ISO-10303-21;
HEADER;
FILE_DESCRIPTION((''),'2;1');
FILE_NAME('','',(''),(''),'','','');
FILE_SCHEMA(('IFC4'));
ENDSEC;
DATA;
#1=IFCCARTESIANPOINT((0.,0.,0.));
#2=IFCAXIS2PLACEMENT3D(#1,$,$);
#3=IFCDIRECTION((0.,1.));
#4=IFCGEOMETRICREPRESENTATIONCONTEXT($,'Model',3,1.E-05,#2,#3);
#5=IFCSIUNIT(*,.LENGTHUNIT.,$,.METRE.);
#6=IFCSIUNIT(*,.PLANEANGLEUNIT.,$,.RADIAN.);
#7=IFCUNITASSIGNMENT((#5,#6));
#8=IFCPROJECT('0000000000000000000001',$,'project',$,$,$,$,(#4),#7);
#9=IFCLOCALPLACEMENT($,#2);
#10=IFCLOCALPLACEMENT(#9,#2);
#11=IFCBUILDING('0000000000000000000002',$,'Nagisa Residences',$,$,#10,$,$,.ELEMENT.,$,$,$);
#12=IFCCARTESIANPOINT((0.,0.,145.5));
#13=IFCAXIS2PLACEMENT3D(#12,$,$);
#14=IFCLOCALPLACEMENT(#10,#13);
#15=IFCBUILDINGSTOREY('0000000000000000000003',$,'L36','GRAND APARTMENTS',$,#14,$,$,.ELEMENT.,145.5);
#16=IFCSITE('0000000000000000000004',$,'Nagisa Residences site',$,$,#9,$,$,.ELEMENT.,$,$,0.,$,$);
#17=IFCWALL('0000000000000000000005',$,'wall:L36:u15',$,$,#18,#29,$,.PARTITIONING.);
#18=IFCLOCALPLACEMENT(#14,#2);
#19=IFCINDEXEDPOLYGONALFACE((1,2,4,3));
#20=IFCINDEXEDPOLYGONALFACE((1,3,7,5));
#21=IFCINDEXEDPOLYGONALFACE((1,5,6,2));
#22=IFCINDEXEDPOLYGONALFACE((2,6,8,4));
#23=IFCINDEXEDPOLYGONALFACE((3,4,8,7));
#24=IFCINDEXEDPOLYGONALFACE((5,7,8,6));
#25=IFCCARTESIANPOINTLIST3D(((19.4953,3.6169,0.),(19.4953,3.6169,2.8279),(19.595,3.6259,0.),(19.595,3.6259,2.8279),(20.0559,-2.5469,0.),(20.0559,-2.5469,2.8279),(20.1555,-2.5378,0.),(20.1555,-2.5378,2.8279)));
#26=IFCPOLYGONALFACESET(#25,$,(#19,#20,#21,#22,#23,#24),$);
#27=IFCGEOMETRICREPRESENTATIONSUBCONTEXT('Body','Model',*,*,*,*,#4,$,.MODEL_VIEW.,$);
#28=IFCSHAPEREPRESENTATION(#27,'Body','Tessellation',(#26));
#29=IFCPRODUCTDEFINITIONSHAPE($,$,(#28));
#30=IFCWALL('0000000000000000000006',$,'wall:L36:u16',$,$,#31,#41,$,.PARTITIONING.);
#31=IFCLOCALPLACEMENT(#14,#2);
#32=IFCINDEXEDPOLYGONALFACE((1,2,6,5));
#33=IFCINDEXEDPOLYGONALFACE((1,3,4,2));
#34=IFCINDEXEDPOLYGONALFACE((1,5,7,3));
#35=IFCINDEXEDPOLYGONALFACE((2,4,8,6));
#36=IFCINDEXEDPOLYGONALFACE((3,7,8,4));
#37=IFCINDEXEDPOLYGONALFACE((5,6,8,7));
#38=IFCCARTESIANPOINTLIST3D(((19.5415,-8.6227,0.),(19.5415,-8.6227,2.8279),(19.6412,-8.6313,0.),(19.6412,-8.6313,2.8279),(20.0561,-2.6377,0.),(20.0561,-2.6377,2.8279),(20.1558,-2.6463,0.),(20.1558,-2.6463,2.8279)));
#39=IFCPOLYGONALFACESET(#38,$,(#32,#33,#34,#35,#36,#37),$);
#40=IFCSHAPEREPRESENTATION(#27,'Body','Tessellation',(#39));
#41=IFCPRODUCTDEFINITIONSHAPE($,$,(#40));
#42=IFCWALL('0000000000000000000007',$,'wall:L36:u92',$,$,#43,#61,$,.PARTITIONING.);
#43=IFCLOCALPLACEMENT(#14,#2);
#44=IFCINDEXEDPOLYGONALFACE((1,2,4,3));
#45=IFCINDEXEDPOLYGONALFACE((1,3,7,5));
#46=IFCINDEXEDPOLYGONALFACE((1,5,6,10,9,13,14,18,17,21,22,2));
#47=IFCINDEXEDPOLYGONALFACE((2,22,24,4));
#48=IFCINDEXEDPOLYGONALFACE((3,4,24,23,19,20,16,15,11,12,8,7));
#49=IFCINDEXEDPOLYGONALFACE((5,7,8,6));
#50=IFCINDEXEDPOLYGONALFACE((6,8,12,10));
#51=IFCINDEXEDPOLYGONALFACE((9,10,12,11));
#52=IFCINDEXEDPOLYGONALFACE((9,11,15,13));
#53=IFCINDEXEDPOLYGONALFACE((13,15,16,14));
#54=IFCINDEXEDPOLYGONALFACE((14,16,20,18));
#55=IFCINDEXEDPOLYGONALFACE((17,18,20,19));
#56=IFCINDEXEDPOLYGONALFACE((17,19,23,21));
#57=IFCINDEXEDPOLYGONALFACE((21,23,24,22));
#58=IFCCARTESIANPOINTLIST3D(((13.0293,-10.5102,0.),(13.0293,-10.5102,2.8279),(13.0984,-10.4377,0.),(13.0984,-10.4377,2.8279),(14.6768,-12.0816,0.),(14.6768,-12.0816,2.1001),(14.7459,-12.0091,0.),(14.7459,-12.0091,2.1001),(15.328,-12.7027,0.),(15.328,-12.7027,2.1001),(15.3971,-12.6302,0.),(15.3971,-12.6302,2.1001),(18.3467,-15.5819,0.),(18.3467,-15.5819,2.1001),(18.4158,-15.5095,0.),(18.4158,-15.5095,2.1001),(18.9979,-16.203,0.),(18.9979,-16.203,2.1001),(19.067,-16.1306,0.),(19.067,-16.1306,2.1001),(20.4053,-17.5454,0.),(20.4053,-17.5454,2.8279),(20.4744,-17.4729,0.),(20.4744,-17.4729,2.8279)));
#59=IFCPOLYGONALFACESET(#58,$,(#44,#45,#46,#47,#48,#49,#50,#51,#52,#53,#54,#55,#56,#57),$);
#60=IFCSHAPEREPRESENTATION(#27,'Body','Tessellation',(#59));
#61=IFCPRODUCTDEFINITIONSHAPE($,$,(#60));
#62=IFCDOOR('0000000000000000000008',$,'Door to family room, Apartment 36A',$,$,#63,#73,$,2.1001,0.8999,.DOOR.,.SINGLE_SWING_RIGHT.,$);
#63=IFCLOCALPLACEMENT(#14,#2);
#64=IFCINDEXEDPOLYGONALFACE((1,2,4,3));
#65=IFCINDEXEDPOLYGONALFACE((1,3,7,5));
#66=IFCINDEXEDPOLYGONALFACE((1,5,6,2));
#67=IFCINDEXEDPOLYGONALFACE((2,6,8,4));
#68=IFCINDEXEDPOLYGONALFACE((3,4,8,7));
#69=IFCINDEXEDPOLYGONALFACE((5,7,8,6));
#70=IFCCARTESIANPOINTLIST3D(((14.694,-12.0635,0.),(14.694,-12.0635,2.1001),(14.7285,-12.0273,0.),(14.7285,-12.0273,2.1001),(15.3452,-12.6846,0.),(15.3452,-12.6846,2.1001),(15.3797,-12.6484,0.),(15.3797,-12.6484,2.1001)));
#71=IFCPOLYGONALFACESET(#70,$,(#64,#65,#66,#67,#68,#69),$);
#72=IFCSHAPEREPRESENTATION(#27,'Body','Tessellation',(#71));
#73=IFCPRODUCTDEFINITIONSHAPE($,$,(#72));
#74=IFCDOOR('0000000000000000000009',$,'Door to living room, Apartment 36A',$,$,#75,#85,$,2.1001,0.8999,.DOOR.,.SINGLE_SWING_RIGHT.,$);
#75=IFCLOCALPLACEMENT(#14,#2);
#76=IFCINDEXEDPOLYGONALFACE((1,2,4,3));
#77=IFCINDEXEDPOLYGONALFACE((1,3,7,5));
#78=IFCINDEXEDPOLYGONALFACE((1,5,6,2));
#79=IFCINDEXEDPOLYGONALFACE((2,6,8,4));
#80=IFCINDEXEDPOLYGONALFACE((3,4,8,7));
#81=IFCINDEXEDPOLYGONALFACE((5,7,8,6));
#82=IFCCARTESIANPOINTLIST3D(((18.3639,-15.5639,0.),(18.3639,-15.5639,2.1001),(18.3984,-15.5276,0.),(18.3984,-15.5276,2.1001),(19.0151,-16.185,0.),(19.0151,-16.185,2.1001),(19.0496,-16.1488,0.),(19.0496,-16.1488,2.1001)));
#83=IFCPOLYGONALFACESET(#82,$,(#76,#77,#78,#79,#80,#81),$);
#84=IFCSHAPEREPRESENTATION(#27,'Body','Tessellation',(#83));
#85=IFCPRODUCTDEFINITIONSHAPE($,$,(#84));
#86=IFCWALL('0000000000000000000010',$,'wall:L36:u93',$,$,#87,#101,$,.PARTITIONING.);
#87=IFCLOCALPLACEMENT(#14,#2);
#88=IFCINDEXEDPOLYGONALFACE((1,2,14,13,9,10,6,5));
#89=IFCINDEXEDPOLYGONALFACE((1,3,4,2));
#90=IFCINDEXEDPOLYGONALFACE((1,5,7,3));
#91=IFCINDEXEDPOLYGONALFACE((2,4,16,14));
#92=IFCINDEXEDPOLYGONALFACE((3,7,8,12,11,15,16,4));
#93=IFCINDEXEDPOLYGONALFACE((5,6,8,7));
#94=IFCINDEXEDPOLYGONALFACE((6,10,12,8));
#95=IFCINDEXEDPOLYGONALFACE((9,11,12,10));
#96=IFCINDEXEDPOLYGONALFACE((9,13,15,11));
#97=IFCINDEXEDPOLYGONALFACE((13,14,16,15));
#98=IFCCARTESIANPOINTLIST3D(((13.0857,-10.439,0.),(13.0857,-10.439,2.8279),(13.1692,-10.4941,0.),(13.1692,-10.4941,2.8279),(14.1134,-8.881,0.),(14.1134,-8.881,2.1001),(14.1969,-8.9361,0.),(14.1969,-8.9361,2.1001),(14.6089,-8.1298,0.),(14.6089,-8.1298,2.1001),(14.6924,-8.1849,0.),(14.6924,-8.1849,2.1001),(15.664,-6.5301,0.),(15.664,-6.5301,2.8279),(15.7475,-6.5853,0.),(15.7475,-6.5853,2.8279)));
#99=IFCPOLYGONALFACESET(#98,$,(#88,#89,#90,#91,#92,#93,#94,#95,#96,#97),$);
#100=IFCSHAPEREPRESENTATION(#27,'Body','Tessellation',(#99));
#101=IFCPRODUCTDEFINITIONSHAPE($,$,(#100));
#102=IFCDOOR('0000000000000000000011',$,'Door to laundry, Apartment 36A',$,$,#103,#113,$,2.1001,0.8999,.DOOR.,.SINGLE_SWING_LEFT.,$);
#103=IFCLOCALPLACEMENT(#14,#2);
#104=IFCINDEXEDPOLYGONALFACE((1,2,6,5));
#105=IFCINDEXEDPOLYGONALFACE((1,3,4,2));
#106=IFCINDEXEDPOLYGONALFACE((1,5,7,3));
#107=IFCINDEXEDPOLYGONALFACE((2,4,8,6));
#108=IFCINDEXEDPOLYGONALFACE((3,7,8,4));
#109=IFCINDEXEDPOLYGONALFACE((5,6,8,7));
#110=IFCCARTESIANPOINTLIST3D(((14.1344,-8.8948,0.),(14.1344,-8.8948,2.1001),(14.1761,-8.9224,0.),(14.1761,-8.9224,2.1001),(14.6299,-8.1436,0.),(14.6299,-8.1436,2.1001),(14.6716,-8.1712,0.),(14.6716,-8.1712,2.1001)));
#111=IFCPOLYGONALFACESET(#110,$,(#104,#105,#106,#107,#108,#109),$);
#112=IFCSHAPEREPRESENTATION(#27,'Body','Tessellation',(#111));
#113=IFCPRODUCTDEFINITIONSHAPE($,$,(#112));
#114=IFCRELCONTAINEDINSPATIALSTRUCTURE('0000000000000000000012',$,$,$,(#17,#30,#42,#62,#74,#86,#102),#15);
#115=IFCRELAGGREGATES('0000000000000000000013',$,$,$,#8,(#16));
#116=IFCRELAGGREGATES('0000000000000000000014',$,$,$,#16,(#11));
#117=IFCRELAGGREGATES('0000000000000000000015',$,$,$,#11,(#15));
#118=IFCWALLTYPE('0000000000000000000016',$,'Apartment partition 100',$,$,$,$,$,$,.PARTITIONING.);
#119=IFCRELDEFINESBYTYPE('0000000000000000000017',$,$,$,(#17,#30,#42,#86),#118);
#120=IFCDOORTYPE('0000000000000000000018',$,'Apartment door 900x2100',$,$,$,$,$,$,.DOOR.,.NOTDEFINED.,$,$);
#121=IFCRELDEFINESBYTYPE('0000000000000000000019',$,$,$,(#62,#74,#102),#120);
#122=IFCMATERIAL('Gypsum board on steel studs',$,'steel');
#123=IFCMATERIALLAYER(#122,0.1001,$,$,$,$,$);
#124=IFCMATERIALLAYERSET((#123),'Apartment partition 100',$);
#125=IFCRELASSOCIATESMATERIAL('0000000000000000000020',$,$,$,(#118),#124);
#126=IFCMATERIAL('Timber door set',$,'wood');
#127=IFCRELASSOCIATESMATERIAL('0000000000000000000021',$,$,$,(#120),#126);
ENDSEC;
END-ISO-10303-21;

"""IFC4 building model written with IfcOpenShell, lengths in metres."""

from ifc_helpers import new_model, si_unit, direction, frame, frame_2d, origin, place, context, subcontext, project, spatial, rectangle, extrude, material, layer, layer_set, type_object, element, fill, save


model = new_model("IFC4")

# Units and contexts
model_context = context("Model", 3, precision=1e-05, world=origin(), true_north=direction((0.0, 1.0)))
body_context = subcontext(model_context, "Body", "Model", "MODEL_VIEW")
ifc_project = project(units=[si_unit("LENGTHUNIT", "METRE"), si_unit("PLANEANGLEUNIT", "RADIAN")], contexts=[model_context])

# Site, building, storey
site_placement = place(None, origin())
site = spatial("IfcSite", under=ifc_project, at=site_placement, Name="Nagisa Residences site", CompositionType="ELEMENT", RefElevation=0.0)
building_placement = place(site_placement, origin())
building = spatial("IfcBuilding", under=site, at=building_placement, Name="Nagisa Residences", CompositionType="ELEMENT")
storey_placement = place(building_placement, frame((0.0, 0.0, 145.5)))
storey = spatial("IfcBuildingStorey", under=building, at=storey_placement, Name="L36", Description="GRAND APARTMENTS", CompositionType="ELEMENT", Elevation=145.5)

# Shared definitions
ifc_material_1 = material(Name="Gypsum board on steel studs", Category="steel")
ifc_layer_1 = layer(ifc_material_1, 0.1001)
ifc_layer_set_1 = layer_set([ifc_layer_1], Name="Apartment partition 100")
wall_type_1 = type_object("IfcWallType", Name="Apartment partition 100", PredefinedType="PARTITIONING", material=ifc_layer_set_1)
ifc_material_2 = material(Name="Timber door set", Category="wood")
door_type_1 = type_object("IfcDoorType", Name="Apartment door 900x2100", OperationType="NOTDEFINED", PredefinedType="DOOR", material=ifc_material_2)

# Walls
wall_1_placement = place(storey_placement, frame((20.1057, -2.5425, 0.0), z_axis=(0.0, 0.0, 1.0), x_axis=(-0.090568, 0.99589, 0.0)))
element("IfcWall", 1, at=wall_1_placement, inside=storey, type_object=wall_type_1, Name="wall:L36:u15", PredefinedType="PARTITIONING", context=body_context, shape_type="SweptSolid", body=[
    extrude(rectangle(XDim=6.1892, YDim=0.1001, at=frame_2d((3.0947, 0.0))), origin(), (0.0, 0.0, 1.0), 2.8279),
])
wall_2_placement = place(storey_placement, frame((20.106, -2.6421, 0.0), z_axis=(0.0, 0.0, 1.0), x_axis=(-0.085672, -0.996323, 0.0)))
element("IfcWall", 2, at=wall_2_placement, inside=storey, type_object=wall_type_1, Name="wall:L36:u16", PredefinedType="PARTITIONING", context=body_context, shape_type="SweptSolid", body=[
    extrude(rectangle(XDim=6.0071, YDim=0.1001, at=frame_2d((3.0034, 0.0))), origin(), (0.0, 0.0, 1.0), 2.8279),
])

# Wall, openings, doors
wall_3_placement = place(storey_placement, frame((13.0637, -10.4739, 0.0), z_axis=(0.0, 0.0, 1.0), x_axis=(0.723627, -0.690191, 0.0)))
wall_3 = element("IfcWall", 3, at=wall_3_placement, inside=storey, type_object=wall_type_1, Name="wall:L36:u92", PredefinedType="PARTITIONING", context=body_context, shape_type="SweptSolid", body=[
    extrude(rectangle(XDim=10.1931, YDim=0.1001, at=frame_2d((5.0967, 0.0))), origin(), (0.0, 0.0, 1.0), 2.8279),
])
opening_1_placement = place(wall_3_placement, frame((2.2769, 0.0, 0.0)))
opening_1 = element("IfcOpeningElement", 4, at=opening_1_placement, cuts=wall_3, PredefinedType="OPENING", context=body_context, shape_type="SweptSolid", body=[
    extrude(rectangle(XDim=0.8999, YDim=2.1001, at=frame_2d((0.45, 1.05))), frame((0.0, 0.0601, 0.0), z_axis=(0.0, -1.0, 0.0), x_axis=(1.0, 0.0, 0.0)), (0.0, 0.0, 1.0), 0.1201),
])
opening_2_placement = place(wall_3_placement, frame((7.3484, 0.0, 0.0)))
opening_2 = element("IfcOpeningElement", 5, at=opening_2_placement, cuts=wall_3, PredefinedType="OPENING", context=body_context, shape_type="SweptSolid", body=[
    extrude(rectangle(XDim=0.8999, YDim=2.1001, at=frame_2d((0.45, 1.05))), frame((0.0, 0.0601, 0.0), z_axis=(0.0, -1.0, 0.0), x_axis=(1.0, 0.0, 0.0)), (0.0, 0.0, 1.0), 0.1201),
])
door_1_placement = place(opening_1_placement, origin())
door_1 = element("IfcDoor", 6, at=door_1_placement, inside=storey, type_object=door_type_1, Name="Door to family room, Apartment 36A", OperationType="SINGLE_SWING_RIGHT", OverallHeight=2.1001, OverallWidth=0.8999, PredefinedType="DOOR", context=body_context, shape_type="SweptSolid", body=[
    extrude(rectangle(XDim=0.8999, YDim=2.1001, at=frame_2d((0.45, 1.05))), frame((0.0, 0.0249, 0.0), z_axis=(0.0, -1.0, 0.0), x_axis=(1.0, 0.0, 0.0)), (0.0, 0.0, 1.0), 0.05),
])
fill(opening_1, door_1)
door_2_placement = place(opening_2_placement, origin())
door_2 = element("IfcDoor", 7, at=door_2_placement, inside=storey, type_object=door_type_1, Name="Door to living room, Apartment 36A", OperationType="SINGLE_SWING_RIGHT", OverallHeight=2.1001, OverallWidth=0.8999, PredefinedType="DOOR", context=body_context, shape_type="SweptSolid", body=[
    extrude(rectangle(XDim=0.8999, YDim=2.1001, at=frame_2d((0.45, 1.05))), frame((0.0, 0.0249, 0.0), z_axis=(0.0, -1.0, 0.0), x_axis=(1.0, 0.0, 0.0)), (0.0, 0.0, 1.0), 0.05),
])
fill(opening_2, door_2)

# Wall, opening, door
wall_4_placement = place(storey_placement, frame((13.1274, -10.4666, 0.0), z_axis=(0.0, 0.0, 1.0), x_axis=(0.550615, 0.834759, 0.0)))
wall_4 = element("IfcWall", 8, at=wall_4_placement, inside=storey, type_object=wall_type_1, Name="wall:L36:u93", PredefinedType="PARTITIONING", context=body_context, shape_type="SweptSolid", body=[
    extrude(rectangle(XDim=4.6826, YDim=0.1001, at=frame_2d((2.3413, 0.0))), origin(), (0.0, 0.0, 1.0), 2.8279),
])
opening_3_placement = place(wall_4_placement, frame((1.8665, 0.0, 0.0)))
opening_3 = element("IfcOpeningElement", 9, at=opening_3_placement, cuts=wall_4, PredefinedType="OPENING", context=body_context, shape_type="SweptSolid", body=[
    extrude(rectangle(XDim=0.8999, YDim=2.1001, at=frame_2d((0.45, 1.05))), frame((0.0, 0.0601, 0.0), z_axis=(0.0, -1.0, 0.0), x_axis=(1.0, 0.0, 0.0)), (0.0, 0.0, 1.0), 0.1201),
])
door_3_placement = place(opening_3_placement, origin())
door_3 = element("IfcDoor", 10, at=door_3_placement, inside=storey, type_object=door_type_1, Name="Door to laundry, Apartment 36A", OperationType="SINGLE_SWING_LEFT", OverallHeight=2.1001, OverallWidth=0.8999, PredefinedType="DOOR", context=body_context, shape_type="SweptSolid", body=[
    extrude(rectangle(XDim=0.8999, YDim=2.1001, at=frame_2d((0.45, 1.05))), frame((0.0, 0.0249, 0.0), z_axis=(0.0, -1.0, 0.0), x_axis=(1.0, 0.0, 0.0)), (0.0, 0.0, 1.0), 0.05),
])
fill(opening_3, door_3)

save(model, "model.ifc")
